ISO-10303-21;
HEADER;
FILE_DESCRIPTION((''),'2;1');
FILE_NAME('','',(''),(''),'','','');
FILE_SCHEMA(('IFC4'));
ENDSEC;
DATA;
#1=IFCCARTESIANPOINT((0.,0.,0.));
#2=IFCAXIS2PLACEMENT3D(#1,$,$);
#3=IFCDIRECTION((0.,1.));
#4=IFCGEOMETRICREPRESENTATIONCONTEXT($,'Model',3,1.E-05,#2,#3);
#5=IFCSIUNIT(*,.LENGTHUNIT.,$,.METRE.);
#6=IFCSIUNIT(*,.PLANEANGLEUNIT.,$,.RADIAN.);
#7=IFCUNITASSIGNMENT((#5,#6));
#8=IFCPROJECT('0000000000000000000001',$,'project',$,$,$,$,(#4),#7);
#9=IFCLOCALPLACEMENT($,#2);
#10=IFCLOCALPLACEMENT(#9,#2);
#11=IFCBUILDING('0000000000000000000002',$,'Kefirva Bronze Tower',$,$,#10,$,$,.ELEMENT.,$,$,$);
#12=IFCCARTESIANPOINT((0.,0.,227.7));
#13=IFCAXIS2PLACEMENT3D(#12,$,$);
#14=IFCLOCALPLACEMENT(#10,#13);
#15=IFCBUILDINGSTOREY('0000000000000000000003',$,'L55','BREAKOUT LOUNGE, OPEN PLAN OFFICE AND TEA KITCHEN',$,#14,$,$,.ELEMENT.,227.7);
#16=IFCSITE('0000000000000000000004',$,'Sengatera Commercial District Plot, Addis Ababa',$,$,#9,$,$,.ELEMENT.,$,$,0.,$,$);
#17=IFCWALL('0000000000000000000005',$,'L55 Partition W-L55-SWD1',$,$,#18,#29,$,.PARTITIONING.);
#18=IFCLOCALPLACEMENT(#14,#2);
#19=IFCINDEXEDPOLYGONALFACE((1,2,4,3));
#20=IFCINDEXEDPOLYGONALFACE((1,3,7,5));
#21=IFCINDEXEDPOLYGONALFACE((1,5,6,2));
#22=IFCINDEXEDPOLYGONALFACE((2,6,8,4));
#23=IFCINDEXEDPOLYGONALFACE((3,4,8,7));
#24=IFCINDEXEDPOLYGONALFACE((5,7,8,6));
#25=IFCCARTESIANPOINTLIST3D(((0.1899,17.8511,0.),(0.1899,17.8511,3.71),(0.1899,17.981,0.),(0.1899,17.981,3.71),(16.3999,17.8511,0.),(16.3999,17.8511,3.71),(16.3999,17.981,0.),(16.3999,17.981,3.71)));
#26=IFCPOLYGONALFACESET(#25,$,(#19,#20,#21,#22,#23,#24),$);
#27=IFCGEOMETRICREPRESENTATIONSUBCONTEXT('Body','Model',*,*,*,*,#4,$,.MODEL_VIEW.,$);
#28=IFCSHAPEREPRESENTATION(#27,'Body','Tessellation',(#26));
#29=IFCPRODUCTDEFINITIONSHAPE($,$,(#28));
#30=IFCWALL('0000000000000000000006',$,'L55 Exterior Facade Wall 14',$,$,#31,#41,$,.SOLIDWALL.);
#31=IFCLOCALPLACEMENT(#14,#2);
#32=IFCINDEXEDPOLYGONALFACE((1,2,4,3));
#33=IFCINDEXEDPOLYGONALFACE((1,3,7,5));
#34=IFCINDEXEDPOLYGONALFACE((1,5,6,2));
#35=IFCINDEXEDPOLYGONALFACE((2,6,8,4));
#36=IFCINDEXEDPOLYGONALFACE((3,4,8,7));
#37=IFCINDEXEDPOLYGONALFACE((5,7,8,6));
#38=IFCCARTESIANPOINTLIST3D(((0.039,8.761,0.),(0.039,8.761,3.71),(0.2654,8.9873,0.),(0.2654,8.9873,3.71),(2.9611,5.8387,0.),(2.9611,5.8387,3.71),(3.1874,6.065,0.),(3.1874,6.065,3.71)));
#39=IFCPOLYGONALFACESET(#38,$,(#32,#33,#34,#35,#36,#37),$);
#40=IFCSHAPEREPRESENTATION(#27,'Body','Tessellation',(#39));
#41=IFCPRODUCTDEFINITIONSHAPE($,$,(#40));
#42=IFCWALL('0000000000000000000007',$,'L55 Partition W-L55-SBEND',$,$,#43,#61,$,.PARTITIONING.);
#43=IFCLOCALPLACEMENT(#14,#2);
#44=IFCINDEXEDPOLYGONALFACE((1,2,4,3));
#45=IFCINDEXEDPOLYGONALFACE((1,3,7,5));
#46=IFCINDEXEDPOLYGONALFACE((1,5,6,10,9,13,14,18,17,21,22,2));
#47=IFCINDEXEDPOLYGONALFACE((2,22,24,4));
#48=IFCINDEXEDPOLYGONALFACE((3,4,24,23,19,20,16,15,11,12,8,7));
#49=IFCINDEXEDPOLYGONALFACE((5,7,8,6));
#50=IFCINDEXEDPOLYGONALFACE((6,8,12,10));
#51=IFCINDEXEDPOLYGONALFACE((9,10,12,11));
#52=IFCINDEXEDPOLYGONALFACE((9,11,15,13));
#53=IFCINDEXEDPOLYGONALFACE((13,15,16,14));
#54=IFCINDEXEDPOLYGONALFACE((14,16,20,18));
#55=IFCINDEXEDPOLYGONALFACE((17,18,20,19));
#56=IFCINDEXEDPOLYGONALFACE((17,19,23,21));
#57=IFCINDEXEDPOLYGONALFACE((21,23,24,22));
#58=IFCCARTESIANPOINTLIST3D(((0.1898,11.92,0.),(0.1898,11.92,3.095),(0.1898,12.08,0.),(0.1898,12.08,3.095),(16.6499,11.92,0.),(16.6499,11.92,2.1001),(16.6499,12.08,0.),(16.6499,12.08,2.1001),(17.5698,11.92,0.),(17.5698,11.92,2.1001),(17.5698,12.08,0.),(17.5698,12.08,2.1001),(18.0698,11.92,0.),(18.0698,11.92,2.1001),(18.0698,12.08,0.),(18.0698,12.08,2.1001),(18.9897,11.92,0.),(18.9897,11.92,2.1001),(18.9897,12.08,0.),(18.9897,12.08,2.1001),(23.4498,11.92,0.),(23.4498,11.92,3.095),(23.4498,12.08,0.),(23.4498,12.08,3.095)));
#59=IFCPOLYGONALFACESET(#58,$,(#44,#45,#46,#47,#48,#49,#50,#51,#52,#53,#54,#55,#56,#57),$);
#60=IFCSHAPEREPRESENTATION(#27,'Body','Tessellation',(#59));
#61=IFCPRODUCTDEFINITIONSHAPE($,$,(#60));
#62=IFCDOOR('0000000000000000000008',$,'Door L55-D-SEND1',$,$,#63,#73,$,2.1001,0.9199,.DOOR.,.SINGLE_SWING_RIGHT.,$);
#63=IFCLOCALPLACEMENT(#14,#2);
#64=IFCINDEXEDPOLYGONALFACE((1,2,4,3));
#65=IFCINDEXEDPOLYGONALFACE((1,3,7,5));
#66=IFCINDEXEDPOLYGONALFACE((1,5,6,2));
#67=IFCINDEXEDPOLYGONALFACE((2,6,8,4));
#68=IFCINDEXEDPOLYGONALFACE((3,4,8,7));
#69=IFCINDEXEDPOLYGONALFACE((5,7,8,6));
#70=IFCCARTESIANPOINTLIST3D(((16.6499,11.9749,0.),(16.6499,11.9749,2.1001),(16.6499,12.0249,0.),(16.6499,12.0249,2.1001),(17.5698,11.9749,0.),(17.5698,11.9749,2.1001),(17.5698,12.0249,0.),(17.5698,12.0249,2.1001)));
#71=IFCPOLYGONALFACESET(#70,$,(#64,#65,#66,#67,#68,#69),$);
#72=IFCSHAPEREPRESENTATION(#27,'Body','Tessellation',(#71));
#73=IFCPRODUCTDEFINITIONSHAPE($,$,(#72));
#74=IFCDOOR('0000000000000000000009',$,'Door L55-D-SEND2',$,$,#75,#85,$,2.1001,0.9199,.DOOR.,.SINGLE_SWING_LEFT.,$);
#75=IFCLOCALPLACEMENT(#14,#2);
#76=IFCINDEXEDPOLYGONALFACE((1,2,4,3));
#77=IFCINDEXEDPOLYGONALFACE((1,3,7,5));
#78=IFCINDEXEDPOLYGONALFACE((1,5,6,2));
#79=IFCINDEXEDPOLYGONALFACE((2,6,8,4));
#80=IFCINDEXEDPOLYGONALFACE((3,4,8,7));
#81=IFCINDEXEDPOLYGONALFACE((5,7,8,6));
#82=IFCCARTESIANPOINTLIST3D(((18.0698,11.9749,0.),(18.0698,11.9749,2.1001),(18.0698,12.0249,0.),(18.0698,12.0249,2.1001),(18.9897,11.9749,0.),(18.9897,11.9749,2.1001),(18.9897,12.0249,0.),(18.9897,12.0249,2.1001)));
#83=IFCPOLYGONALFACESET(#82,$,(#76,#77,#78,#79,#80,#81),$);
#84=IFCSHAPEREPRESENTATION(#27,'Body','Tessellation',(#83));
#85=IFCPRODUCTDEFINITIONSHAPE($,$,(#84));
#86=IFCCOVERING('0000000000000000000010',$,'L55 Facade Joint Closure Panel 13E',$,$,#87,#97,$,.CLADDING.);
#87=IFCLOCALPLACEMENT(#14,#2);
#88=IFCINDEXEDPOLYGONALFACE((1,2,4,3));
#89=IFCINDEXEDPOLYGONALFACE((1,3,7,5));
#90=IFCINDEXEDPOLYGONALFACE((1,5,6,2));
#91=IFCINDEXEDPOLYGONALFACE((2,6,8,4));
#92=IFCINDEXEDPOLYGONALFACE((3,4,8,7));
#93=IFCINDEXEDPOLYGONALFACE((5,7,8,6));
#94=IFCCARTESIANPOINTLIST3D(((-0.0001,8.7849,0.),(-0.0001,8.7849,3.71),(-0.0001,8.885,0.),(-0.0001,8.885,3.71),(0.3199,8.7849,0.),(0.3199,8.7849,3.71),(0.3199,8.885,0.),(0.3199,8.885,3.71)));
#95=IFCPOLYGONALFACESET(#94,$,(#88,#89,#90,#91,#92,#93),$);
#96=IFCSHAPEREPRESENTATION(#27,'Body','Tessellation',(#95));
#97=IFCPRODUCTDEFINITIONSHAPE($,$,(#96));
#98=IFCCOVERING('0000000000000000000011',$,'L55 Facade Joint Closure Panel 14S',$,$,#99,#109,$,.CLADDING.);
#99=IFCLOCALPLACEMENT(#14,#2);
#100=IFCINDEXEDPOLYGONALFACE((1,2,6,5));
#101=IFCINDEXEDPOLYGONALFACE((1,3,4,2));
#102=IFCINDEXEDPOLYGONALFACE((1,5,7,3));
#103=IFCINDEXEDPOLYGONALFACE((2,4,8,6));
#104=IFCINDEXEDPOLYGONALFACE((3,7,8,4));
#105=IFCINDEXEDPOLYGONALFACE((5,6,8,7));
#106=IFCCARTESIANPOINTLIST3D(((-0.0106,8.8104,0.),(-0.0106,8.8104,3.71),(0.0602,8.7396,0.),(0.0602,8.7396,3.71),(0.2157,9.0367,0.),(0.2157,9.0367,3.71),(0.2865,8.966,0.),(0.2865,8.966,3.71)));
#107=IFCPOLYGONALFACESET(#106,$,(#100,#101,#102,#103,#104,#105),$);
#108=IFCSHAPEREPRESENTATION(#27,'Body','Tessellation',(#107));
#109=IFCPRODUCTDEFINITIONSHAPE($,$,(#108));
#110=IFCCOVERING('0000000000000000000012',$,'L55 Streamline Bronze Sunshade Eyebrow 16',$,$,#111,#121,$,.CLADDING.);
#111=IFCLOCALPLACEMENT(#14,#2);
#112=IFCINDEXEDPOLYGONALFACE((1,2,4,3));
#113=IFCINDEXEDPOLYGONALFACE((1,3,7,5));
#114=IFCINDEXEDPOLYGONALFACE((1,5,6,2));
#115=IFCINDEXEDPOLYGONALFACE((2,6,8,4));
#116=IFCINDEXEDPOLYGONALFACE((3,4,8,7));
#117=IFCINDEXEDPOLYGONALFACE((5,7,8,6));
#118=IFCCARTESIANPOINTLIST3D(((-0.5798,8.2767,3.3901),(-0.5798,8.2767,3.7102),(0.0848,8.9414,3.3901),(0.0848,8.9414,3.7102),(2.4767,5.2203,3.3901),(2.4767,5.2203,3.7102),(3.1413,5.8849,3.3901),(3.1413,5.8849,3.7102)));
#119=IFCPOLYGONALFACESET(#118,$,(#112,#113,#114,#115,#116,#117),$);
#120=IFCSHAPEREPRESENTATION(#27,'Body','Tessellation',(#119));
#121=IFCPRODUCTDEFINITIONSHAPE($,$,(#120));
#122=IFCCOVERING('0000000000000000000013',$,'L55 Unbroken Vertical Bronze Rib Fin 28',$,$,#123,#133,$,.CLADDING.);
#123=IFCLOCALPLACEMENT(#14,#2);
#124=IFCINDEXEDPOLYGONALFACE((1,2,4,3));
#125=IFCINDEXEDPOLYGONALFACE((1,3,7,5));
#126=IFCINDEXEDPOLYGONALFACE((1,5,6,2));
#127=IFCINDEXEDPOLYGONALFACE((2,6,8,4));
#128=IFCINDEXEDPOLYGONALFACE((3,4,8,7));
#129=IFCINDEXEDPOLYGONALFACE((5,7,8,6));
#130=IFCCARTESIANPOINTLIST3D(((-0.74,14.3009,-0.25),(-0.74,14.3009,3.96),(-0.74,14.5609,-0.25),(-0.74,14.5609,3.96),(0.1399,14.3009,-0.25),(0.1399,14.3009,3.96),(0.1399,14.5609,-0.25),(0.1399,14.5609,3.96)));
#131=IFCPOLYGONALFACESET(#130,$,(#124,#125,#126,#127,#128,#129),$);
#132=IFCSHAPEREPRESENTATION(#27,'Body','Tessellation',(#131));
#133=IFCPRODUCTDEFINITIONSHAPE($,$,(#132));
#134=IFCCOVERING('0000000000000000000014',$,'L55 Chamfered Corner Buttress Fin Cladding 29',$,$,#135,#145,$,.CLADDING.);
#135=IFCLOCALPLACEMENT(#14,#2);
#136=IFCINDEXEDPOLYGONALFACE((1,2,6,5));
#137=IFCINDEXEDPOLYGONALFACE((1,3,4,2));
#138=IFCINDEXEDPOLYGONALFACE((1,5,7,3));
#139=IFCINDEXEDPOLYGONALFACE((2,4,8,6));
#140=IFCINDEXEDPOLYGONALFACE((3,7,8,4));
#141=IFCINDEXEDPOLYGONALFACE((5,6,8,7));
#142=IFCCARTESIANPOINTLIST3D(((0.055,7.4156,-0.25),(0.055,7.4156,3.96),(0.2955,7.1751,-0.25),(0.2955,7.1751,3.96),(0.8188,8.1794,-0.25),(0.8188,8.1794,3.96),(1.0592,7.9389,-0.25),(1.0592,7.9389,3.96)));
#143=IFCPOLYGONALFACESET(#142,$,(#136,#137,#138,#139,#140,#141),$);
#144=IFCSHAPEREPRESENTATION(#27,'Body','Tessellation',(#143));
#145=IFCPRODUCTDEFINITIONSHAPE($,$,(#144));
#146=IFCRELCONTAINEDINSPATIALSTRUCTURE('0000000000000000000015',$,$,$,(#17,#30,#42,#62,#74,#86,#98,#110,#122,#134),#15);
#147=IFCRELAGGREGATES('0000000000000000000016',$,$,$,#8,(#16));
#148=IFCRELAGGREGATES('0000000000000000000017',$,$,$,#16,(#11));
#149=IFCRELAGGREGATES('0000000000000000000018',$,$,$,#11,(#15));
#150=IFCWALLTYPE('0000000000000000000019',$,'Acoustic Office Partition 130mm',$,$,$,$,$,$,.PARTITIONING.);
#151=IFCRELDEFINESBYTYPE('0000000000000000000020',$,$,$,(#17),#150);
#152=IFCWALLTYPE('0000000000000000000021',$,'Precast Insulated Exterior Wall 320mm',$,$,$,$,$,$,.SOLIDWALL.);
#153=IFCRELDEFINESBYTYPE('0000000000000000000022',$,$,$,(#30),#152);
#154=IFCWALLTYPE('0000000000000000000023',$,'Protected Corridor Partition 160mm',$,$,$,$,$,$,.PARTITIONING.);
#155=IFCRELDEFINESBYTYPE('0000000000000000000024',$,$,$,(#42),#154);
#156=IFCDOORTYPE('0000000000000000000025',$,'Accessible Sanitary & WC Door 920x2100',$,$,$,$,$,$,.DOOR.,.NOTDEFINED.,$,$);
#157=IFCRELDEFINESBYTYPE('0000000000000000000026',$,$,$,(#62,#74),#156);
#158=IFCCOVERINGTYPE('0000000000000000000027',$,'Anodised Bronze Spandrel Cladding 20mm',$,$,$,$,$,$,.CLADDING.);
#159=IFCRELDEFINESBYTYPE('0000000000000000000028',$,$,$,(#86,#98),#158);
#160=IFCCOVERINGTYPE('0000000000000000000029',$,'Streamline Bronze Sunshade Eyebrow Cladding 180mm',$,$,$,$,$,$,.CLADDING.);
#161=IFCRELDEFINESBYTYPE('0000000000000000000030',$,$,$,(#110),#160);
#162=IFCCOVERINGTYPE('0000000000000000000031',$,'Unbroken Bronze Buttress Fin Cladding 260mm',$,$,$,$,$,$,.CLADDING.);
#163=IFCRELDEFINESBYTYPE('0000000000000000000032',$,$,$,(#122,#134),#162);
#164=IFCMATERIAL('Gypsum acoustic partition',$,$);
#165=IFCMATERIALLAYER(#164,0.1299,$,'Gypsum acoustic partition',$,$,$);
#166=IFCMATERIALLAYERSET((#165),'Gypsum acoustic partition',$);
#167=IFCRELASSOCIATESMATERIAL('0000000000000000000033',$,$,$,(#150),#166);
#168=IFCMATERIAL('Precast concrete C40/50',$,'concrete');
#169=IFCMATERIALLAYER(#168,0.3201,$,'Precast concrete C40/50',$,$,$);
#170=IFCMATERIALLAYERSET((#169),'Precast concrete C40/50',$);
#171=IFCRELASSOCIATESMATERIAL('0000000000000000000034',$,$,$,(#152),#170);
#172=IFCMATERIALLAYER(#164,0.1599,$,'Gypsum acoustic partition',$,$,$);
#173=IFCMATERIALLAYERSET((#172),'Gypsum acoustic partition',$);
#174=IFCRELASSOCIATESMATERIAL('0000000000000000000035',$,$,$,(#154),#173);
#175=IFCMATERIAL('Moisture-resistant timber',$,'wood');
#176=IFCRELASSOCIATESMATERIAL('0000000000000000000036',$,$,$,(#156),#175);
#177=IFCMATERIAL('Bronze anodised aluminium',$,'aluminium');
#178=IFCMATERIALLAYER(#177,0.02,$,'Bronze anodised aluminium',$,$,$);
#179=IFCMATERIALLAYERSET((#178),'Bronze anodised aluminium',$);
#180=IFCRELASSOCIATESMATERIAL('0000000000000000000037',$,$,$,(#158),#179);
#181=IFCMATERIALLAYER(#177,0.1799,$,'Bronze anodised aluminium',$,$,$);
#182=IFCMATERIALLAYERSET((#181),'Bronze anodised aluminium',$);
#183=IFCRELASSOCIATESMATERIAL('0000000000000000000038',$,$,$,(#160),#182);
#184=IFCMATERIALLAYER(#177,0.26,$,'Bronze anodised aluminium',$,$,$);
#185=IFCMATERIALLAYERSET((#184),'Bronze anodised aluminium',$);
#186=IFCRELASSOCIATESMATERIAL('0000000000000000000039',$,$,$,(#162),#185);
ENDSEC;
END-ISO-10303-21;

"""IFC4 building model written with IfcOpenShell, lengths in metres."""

from ifc_helpers import new_model, si_unit, direction, frame, frame_2d, origin, origin_2d, place, context, subcontext, project, spatial, rectangle, extrude, material, layer, layer_set, type_object, element, fill, save


model = new_model("IFC4")

# Units and contexts
model_context = context("Model", 3, precision=1e-05, world=origin(), true_north=direction((0.0, 1.0)))
body_context = subcontext(model_context, "Body", "Model", "MODEL_VIEW")
ifc_project = project(units=[si_unit("LENGTHUNIT", "METRE"), si_unit("PLANEANGLEUNIT", "RADIAN")], contexts=[model_context])

# Site, building, storey
site_placement = place(None, origin())
site = spatial("IfcSite", under=ifc_project, at=site_placement, Name="Sengatera Commercial District Plot, Addis Ababa", CompositionType="ELEMENT", RefElevation=0.0)
building_placement = place(site_placement, origin())
building = spatial("IfcBuilding", under=site, at=building_placement, Name="Kefirva Bronze Tower", CompositionType="ELEMENT")
storey_placement = place(building_placement, frame((0.0, 0.0, 227.7)))
storey = spatial("IfcBuildingStorey", under=building, at=storey_placement, Name="L55", Description="BREAKOUT LOUNGE, OPEN PLAN OFFICE AND TEA KITCHEN", CompositionType="ELEMENT", Elevation=227.7)

# Walls
ifc_material_1 = material(Name="Gypsum acoustic partition")
ifc_layer_1 = layer(ifc_material_1, 0.1299, Name="Gypsum acoustic partition")
ifc_layer_set_1 = layer_set([ifc_layer_1], Name="Gypsum acoustic partition")
wall_type_1 = type_object("IfcWallType", Name="Acoustic Office Partition 130mm", PredefinedType="PARTITIONING", material=ifc_layer_set_1)
wall_1_placement = place(storey_placement, frame((0.1899, 17.916, 0.0), z_axis=(0.0, 0.0, 1.0), x_axis=(1.0, 0.0, 0.0)))
element("IfcWall", 1, at=wall_1_placement, inside=storey, type_object=wall_type_1, Name="L55 Partition W-L55-SWD1", PredefinedType="PARTITIONING", context=body_context, shape_type="SweptSolid", body=[
    extrude(rectangle(XDim=16.21, YDim=0.1299, at=frame_2d((8.105, 0.0))), origin(), (0.0, 0.0, 1.0), 3.71),
])
ifc_material_2 = material(Name="Precast concrete C40/50", Category="concrete")
ifc_layer_2 = layer(ifc_material_2, 0.3201, Name="Precast concrete C40/50")
ifc_layer_set_2 = layer_set([ifc_layer_2], Name="Precast concrete C40/50")
wall_type_2 = type_object("IfcWallType", Name="Precast Insulated Exterior Wall 320mm", PredefinedType="SOLIDWALL", material=ifc_layer_set_2)
wall_2_placement = place(storey_placement, frame((0.1521, 8.8743, 0.0), z_axis=(0.0, 0.0, 1.0), x_axis=(0.707077, -0.707136, 0.0)))
element("IfcWall", 2, at=wall_2_placement, inside=storey, type_object=wall_type_2, Name="L55 Exterior Facade Wall 14", PredefinedType="SOLIDWALL", context=body_context, shape_type="SweptSolid", body=[
    extrude(rectangle(XDim=4.1326, YDim=0.3201, at=frame_2d((2.0664, 0.0))), origin(), (0.0, 0.0, 1.0), 3.71),
])

# Wall, openings, doors
ifc_layer_3 = layer(ifc_material_1, 0.1599, Name="Gypsum acoustic partition")
ifc_layer_set_3 = layer_set([ifc_layer_3], Name="Gypsum acoustic partition")
wall_type_3 = type_object("IfcWallType", Name="Protected Corridor Partition 160mm", PredefinedType="PARTITIONING", material=ifc_layer_set_3)
wall_3_placement = place(storey_placement, frame((0.1899, 12.0, 0.0), z_axis=(0.0, 0.0, 1.0), x_axis=(1.0, 0.0, 0.0)))
wall_3 = element("IfcWall", 3, at=wall_3_placement, inside=storey, type_object=wall_type_3, Name="L55 Partition W-L55-SBEND", PredefinedType="PARTITIONING", context=body_context, shape_type="SweptSolid", body=[
    extrude(rectangle(XDim=23.26, YDim=0.1599, at=frame_2d((11.6299, 0.0))), origin(), (0.0, 0.0, 1.0), 3.095),
])
opening_1_placement = place(wall_3_placement, frame((16.46, 0.0, 0.0)))
opening_1 = element("IfcOpeningElement", 4, at=opening_1_placement, cuts=wall_3, PredefinedType="OPENING", context=body_context, shape_type="SweptSolid", body=[
    extrude(rectangle(XDim=0.9199, YDim=2.1001, at=frame_2d((0.46, 1.05))), frame((0.0, 0.0898, 0.0), z_axis=(0.0, -1.0, 0.0), x_axis=(1.0, 0.0, 0.0)), (0.0, 0.0, 1.0), 0.1799),
])
opening_2_placement = place(wall_3_placement, frame((17.8799, 0.0, 0.0)))
opening_2 = element("IfcOpeningElement", 5, at=opening_2_placement, cuts=wall_3, PredefinedType="OPENING", context=body_context, shape_type="SweptSolid", body=[
    extrude(rectangle(XDim=0.9199, YDim=2.1001, at=frame_2d((0.46, 1.05))), frame((0.0, 0.0898, 0.0), z_axis=(0.0, -1.0, 0.0), x_axis=(1.0, 0.0, 0.0)), (0.0, 0.0, 1.0), 0.1799),
])
ifc_material_3 = material(Name="Moisture-resistant timber", Category="wood")
door_type = type_object("IfcDoorType", Name="Accessible Sanitary & WC Door 920x2100", OperationType="NOTDEFINED", PredefinedType="DOOR", material=ifc_material_3)
door_1_placement = place(opening_1_placement, origin())
door_1 = element("IfcDoor", 6, at=door_1_placement, inside=storey, type_object=door_type, Name="Door L55-D-SEND1", OperationType="SINGLE_SWING_RIGHT", OverallHeight=2.1001, OverallWidth=0.9199, PredefinedType="DOOR", context=body_context, shape_type="SweptSolid", body=[
    extrude(rectangle(XDim=0.9199, YDim=2.1001, at=frame_2d((0.46, 1.05))), frame((0.0, 0.0249, 0.0), z_axis=(0.0, -1.0, 0.0), x_axis=(1.0, 0.0, 0.0)), (0.0, 0.0, 1.0), 0.05),
])
fill(opening_1, door_1)
door_2_placement = place(opening_2_placement, origin())
door_2 = element("IfcDoor", 7, at=door_2_placement, inside=storey, type_object=door_type, Name="Door L55-D-SEND2", OperationType="SINGLE_SWING_LEFT", OverallHeight=2.1001, OverallWidth=0.9199, PredefinedType="DOOR", context=body_context, shape_type="SweptSolid", body=[
    extrude(rectangle(XDim=0.9199, YDim=2.1001, at=frame_2d((0.46, 1.05))), frame((0.0, 0.0249, 0.0), z_axis=(0.0, -1.0, 0.0), x_axis=(1.0, 0.0, 0.0)), (0.0, 0.0, 1.0), 0.05),
])
fill(opening_2, door_2)

# Coverings
ifc_material_4 = material(Name="Bronze anodised aluminium", Category="aluminium")
ifc_layer_4 = layer(ifc_material_4, 0.02, Name="Bronze anodised aluminium")
ifc_layer_set_4 = layer_set([ifc_layer_4], Name="Bronze anodised aluminium")
covering_type_1 = type_object("IfcCoveringType", Name="Anodised Bronze Spandrel Cladding 20mm", PredefinedType="CLADDING", material=ifc_layer_set_4)
for number, where, z_axis, x_axis, name in (
    (8, (0.1599, 8.835, 0.0), (0.0, 0.0, 1.0), (0.0, -1.0, 0.0), "L55 Facade Joint Closure Panel 13E"),
    (9, (0.1379, 8.8882, 0.0), (0.0, 0.0, 1.0), (0.707107, -0.707107, 0.0), "L55 Facade Joint Closure Panel 14S"),
):
    element("IfcCovering", number, at=place(storey_placement, frame(where, z_axis=z_axis, x_axis=x_axis)), inside=storey, type_object=covering_type_1, Name=name, PredefinedType="CLADDING", context=body_context, shape_type="SweptSolid", body=[
        extrude(rectangle(XDim=0.1001, YDim=0.3201, at=origin_2d()), origin(), (0.0, 0.0, 1.0), 3.71),
    ])
ifc_layer_5 = layer(ifc_material_4, 0.1799, Name="Bronze anodised aluminium")
ifc_layer_set_5 = layer_set([ifc_layer_5], Name="Bronze anodised aluminium")
covering_type_2 = type_object("IfcCoveringType", Name="Streamline Bronze Sunshade Eyebrow Cladding 180mm", PredefinedType="CLADDING", material=ifc_layer_set_5)
covering_1_placement = place(storey_placement, frame((1.2808, 7.0808, 3.3901), z_axis=(0.0, 0.0, 1.0), x_axis=(0.707107, -0.707107, 0.0)))
element("IfcCovering", 10, at=covering_1_placement, inside=storey, type_object=covering_type_2, Name="L55 Streamline Bronze Sunshade Eyebrow 16", PredefinedType="CLADDING", context=body_context, shape_type="SweptSolid", body=[
    extrude(rectangle(XDim=4.3225, YDim=0.9399, at=origin_2d()), origin(), (0.0, 0.0, 1.0), 0.3201),
])
ifc_layer_6 = layer(ifc_material_4, 0.26, Name="Bronze anodised aluminium")
ifc_layer_set_6 = layer_set([ifc_layer_6], Name="Bronze anodised aluminium")
covering_type_3 = type_object("IfcCoveringType", Name="Unbroken Bronze Buttress Fin Cladding 260mm", PredefinedType="CLADDING", material=ifc_layer_set_6)
covering_2_placement = place(storey_placement, frame((-0.3, 14.4309, -0.25), z_axis=(0.0, 0.0, 1.0), x_axis=(0.0, -1.0, 0.0)))
element("IfcCovering", 11, at=covering_2_placement, inside=storey, type_object=covering_type_3, Name="L55 Unbroken Vertical Bronze Rib Fin 28", PredefinedType="CLADDING", context=body_context, shape_type="SweptSolid", body=[
    extrude(rectangle(XDim=0.26, YDim=0.8799, at=origin_2d()), origin(), (0.0, 0.0, 1.0), 4.21),
])
covering_3_placement = place(storey_placement, frame((0.5571, 7.6772, -0.25), z_axis=(0.0, 0.0, 1.0), x_axis=(0.707107, -0.707107, 0.0)))
element("IfcCovering", 12, at=covering_3_placement, inside=storey, type_object=covering_type_3, Name="L55 Chamfered Corner Buttress Fin Cladding 29", PredefinedType="CLADDING", context=body_context, shape_type="SweptSolid", body=[
    extrude(rectangle(XDim=0.3401, YDim=1.0801, at=origin_2d()), origin(), (0.0, 0.0, 1.0), 4.21),
])

save(model, "model.ifc")
